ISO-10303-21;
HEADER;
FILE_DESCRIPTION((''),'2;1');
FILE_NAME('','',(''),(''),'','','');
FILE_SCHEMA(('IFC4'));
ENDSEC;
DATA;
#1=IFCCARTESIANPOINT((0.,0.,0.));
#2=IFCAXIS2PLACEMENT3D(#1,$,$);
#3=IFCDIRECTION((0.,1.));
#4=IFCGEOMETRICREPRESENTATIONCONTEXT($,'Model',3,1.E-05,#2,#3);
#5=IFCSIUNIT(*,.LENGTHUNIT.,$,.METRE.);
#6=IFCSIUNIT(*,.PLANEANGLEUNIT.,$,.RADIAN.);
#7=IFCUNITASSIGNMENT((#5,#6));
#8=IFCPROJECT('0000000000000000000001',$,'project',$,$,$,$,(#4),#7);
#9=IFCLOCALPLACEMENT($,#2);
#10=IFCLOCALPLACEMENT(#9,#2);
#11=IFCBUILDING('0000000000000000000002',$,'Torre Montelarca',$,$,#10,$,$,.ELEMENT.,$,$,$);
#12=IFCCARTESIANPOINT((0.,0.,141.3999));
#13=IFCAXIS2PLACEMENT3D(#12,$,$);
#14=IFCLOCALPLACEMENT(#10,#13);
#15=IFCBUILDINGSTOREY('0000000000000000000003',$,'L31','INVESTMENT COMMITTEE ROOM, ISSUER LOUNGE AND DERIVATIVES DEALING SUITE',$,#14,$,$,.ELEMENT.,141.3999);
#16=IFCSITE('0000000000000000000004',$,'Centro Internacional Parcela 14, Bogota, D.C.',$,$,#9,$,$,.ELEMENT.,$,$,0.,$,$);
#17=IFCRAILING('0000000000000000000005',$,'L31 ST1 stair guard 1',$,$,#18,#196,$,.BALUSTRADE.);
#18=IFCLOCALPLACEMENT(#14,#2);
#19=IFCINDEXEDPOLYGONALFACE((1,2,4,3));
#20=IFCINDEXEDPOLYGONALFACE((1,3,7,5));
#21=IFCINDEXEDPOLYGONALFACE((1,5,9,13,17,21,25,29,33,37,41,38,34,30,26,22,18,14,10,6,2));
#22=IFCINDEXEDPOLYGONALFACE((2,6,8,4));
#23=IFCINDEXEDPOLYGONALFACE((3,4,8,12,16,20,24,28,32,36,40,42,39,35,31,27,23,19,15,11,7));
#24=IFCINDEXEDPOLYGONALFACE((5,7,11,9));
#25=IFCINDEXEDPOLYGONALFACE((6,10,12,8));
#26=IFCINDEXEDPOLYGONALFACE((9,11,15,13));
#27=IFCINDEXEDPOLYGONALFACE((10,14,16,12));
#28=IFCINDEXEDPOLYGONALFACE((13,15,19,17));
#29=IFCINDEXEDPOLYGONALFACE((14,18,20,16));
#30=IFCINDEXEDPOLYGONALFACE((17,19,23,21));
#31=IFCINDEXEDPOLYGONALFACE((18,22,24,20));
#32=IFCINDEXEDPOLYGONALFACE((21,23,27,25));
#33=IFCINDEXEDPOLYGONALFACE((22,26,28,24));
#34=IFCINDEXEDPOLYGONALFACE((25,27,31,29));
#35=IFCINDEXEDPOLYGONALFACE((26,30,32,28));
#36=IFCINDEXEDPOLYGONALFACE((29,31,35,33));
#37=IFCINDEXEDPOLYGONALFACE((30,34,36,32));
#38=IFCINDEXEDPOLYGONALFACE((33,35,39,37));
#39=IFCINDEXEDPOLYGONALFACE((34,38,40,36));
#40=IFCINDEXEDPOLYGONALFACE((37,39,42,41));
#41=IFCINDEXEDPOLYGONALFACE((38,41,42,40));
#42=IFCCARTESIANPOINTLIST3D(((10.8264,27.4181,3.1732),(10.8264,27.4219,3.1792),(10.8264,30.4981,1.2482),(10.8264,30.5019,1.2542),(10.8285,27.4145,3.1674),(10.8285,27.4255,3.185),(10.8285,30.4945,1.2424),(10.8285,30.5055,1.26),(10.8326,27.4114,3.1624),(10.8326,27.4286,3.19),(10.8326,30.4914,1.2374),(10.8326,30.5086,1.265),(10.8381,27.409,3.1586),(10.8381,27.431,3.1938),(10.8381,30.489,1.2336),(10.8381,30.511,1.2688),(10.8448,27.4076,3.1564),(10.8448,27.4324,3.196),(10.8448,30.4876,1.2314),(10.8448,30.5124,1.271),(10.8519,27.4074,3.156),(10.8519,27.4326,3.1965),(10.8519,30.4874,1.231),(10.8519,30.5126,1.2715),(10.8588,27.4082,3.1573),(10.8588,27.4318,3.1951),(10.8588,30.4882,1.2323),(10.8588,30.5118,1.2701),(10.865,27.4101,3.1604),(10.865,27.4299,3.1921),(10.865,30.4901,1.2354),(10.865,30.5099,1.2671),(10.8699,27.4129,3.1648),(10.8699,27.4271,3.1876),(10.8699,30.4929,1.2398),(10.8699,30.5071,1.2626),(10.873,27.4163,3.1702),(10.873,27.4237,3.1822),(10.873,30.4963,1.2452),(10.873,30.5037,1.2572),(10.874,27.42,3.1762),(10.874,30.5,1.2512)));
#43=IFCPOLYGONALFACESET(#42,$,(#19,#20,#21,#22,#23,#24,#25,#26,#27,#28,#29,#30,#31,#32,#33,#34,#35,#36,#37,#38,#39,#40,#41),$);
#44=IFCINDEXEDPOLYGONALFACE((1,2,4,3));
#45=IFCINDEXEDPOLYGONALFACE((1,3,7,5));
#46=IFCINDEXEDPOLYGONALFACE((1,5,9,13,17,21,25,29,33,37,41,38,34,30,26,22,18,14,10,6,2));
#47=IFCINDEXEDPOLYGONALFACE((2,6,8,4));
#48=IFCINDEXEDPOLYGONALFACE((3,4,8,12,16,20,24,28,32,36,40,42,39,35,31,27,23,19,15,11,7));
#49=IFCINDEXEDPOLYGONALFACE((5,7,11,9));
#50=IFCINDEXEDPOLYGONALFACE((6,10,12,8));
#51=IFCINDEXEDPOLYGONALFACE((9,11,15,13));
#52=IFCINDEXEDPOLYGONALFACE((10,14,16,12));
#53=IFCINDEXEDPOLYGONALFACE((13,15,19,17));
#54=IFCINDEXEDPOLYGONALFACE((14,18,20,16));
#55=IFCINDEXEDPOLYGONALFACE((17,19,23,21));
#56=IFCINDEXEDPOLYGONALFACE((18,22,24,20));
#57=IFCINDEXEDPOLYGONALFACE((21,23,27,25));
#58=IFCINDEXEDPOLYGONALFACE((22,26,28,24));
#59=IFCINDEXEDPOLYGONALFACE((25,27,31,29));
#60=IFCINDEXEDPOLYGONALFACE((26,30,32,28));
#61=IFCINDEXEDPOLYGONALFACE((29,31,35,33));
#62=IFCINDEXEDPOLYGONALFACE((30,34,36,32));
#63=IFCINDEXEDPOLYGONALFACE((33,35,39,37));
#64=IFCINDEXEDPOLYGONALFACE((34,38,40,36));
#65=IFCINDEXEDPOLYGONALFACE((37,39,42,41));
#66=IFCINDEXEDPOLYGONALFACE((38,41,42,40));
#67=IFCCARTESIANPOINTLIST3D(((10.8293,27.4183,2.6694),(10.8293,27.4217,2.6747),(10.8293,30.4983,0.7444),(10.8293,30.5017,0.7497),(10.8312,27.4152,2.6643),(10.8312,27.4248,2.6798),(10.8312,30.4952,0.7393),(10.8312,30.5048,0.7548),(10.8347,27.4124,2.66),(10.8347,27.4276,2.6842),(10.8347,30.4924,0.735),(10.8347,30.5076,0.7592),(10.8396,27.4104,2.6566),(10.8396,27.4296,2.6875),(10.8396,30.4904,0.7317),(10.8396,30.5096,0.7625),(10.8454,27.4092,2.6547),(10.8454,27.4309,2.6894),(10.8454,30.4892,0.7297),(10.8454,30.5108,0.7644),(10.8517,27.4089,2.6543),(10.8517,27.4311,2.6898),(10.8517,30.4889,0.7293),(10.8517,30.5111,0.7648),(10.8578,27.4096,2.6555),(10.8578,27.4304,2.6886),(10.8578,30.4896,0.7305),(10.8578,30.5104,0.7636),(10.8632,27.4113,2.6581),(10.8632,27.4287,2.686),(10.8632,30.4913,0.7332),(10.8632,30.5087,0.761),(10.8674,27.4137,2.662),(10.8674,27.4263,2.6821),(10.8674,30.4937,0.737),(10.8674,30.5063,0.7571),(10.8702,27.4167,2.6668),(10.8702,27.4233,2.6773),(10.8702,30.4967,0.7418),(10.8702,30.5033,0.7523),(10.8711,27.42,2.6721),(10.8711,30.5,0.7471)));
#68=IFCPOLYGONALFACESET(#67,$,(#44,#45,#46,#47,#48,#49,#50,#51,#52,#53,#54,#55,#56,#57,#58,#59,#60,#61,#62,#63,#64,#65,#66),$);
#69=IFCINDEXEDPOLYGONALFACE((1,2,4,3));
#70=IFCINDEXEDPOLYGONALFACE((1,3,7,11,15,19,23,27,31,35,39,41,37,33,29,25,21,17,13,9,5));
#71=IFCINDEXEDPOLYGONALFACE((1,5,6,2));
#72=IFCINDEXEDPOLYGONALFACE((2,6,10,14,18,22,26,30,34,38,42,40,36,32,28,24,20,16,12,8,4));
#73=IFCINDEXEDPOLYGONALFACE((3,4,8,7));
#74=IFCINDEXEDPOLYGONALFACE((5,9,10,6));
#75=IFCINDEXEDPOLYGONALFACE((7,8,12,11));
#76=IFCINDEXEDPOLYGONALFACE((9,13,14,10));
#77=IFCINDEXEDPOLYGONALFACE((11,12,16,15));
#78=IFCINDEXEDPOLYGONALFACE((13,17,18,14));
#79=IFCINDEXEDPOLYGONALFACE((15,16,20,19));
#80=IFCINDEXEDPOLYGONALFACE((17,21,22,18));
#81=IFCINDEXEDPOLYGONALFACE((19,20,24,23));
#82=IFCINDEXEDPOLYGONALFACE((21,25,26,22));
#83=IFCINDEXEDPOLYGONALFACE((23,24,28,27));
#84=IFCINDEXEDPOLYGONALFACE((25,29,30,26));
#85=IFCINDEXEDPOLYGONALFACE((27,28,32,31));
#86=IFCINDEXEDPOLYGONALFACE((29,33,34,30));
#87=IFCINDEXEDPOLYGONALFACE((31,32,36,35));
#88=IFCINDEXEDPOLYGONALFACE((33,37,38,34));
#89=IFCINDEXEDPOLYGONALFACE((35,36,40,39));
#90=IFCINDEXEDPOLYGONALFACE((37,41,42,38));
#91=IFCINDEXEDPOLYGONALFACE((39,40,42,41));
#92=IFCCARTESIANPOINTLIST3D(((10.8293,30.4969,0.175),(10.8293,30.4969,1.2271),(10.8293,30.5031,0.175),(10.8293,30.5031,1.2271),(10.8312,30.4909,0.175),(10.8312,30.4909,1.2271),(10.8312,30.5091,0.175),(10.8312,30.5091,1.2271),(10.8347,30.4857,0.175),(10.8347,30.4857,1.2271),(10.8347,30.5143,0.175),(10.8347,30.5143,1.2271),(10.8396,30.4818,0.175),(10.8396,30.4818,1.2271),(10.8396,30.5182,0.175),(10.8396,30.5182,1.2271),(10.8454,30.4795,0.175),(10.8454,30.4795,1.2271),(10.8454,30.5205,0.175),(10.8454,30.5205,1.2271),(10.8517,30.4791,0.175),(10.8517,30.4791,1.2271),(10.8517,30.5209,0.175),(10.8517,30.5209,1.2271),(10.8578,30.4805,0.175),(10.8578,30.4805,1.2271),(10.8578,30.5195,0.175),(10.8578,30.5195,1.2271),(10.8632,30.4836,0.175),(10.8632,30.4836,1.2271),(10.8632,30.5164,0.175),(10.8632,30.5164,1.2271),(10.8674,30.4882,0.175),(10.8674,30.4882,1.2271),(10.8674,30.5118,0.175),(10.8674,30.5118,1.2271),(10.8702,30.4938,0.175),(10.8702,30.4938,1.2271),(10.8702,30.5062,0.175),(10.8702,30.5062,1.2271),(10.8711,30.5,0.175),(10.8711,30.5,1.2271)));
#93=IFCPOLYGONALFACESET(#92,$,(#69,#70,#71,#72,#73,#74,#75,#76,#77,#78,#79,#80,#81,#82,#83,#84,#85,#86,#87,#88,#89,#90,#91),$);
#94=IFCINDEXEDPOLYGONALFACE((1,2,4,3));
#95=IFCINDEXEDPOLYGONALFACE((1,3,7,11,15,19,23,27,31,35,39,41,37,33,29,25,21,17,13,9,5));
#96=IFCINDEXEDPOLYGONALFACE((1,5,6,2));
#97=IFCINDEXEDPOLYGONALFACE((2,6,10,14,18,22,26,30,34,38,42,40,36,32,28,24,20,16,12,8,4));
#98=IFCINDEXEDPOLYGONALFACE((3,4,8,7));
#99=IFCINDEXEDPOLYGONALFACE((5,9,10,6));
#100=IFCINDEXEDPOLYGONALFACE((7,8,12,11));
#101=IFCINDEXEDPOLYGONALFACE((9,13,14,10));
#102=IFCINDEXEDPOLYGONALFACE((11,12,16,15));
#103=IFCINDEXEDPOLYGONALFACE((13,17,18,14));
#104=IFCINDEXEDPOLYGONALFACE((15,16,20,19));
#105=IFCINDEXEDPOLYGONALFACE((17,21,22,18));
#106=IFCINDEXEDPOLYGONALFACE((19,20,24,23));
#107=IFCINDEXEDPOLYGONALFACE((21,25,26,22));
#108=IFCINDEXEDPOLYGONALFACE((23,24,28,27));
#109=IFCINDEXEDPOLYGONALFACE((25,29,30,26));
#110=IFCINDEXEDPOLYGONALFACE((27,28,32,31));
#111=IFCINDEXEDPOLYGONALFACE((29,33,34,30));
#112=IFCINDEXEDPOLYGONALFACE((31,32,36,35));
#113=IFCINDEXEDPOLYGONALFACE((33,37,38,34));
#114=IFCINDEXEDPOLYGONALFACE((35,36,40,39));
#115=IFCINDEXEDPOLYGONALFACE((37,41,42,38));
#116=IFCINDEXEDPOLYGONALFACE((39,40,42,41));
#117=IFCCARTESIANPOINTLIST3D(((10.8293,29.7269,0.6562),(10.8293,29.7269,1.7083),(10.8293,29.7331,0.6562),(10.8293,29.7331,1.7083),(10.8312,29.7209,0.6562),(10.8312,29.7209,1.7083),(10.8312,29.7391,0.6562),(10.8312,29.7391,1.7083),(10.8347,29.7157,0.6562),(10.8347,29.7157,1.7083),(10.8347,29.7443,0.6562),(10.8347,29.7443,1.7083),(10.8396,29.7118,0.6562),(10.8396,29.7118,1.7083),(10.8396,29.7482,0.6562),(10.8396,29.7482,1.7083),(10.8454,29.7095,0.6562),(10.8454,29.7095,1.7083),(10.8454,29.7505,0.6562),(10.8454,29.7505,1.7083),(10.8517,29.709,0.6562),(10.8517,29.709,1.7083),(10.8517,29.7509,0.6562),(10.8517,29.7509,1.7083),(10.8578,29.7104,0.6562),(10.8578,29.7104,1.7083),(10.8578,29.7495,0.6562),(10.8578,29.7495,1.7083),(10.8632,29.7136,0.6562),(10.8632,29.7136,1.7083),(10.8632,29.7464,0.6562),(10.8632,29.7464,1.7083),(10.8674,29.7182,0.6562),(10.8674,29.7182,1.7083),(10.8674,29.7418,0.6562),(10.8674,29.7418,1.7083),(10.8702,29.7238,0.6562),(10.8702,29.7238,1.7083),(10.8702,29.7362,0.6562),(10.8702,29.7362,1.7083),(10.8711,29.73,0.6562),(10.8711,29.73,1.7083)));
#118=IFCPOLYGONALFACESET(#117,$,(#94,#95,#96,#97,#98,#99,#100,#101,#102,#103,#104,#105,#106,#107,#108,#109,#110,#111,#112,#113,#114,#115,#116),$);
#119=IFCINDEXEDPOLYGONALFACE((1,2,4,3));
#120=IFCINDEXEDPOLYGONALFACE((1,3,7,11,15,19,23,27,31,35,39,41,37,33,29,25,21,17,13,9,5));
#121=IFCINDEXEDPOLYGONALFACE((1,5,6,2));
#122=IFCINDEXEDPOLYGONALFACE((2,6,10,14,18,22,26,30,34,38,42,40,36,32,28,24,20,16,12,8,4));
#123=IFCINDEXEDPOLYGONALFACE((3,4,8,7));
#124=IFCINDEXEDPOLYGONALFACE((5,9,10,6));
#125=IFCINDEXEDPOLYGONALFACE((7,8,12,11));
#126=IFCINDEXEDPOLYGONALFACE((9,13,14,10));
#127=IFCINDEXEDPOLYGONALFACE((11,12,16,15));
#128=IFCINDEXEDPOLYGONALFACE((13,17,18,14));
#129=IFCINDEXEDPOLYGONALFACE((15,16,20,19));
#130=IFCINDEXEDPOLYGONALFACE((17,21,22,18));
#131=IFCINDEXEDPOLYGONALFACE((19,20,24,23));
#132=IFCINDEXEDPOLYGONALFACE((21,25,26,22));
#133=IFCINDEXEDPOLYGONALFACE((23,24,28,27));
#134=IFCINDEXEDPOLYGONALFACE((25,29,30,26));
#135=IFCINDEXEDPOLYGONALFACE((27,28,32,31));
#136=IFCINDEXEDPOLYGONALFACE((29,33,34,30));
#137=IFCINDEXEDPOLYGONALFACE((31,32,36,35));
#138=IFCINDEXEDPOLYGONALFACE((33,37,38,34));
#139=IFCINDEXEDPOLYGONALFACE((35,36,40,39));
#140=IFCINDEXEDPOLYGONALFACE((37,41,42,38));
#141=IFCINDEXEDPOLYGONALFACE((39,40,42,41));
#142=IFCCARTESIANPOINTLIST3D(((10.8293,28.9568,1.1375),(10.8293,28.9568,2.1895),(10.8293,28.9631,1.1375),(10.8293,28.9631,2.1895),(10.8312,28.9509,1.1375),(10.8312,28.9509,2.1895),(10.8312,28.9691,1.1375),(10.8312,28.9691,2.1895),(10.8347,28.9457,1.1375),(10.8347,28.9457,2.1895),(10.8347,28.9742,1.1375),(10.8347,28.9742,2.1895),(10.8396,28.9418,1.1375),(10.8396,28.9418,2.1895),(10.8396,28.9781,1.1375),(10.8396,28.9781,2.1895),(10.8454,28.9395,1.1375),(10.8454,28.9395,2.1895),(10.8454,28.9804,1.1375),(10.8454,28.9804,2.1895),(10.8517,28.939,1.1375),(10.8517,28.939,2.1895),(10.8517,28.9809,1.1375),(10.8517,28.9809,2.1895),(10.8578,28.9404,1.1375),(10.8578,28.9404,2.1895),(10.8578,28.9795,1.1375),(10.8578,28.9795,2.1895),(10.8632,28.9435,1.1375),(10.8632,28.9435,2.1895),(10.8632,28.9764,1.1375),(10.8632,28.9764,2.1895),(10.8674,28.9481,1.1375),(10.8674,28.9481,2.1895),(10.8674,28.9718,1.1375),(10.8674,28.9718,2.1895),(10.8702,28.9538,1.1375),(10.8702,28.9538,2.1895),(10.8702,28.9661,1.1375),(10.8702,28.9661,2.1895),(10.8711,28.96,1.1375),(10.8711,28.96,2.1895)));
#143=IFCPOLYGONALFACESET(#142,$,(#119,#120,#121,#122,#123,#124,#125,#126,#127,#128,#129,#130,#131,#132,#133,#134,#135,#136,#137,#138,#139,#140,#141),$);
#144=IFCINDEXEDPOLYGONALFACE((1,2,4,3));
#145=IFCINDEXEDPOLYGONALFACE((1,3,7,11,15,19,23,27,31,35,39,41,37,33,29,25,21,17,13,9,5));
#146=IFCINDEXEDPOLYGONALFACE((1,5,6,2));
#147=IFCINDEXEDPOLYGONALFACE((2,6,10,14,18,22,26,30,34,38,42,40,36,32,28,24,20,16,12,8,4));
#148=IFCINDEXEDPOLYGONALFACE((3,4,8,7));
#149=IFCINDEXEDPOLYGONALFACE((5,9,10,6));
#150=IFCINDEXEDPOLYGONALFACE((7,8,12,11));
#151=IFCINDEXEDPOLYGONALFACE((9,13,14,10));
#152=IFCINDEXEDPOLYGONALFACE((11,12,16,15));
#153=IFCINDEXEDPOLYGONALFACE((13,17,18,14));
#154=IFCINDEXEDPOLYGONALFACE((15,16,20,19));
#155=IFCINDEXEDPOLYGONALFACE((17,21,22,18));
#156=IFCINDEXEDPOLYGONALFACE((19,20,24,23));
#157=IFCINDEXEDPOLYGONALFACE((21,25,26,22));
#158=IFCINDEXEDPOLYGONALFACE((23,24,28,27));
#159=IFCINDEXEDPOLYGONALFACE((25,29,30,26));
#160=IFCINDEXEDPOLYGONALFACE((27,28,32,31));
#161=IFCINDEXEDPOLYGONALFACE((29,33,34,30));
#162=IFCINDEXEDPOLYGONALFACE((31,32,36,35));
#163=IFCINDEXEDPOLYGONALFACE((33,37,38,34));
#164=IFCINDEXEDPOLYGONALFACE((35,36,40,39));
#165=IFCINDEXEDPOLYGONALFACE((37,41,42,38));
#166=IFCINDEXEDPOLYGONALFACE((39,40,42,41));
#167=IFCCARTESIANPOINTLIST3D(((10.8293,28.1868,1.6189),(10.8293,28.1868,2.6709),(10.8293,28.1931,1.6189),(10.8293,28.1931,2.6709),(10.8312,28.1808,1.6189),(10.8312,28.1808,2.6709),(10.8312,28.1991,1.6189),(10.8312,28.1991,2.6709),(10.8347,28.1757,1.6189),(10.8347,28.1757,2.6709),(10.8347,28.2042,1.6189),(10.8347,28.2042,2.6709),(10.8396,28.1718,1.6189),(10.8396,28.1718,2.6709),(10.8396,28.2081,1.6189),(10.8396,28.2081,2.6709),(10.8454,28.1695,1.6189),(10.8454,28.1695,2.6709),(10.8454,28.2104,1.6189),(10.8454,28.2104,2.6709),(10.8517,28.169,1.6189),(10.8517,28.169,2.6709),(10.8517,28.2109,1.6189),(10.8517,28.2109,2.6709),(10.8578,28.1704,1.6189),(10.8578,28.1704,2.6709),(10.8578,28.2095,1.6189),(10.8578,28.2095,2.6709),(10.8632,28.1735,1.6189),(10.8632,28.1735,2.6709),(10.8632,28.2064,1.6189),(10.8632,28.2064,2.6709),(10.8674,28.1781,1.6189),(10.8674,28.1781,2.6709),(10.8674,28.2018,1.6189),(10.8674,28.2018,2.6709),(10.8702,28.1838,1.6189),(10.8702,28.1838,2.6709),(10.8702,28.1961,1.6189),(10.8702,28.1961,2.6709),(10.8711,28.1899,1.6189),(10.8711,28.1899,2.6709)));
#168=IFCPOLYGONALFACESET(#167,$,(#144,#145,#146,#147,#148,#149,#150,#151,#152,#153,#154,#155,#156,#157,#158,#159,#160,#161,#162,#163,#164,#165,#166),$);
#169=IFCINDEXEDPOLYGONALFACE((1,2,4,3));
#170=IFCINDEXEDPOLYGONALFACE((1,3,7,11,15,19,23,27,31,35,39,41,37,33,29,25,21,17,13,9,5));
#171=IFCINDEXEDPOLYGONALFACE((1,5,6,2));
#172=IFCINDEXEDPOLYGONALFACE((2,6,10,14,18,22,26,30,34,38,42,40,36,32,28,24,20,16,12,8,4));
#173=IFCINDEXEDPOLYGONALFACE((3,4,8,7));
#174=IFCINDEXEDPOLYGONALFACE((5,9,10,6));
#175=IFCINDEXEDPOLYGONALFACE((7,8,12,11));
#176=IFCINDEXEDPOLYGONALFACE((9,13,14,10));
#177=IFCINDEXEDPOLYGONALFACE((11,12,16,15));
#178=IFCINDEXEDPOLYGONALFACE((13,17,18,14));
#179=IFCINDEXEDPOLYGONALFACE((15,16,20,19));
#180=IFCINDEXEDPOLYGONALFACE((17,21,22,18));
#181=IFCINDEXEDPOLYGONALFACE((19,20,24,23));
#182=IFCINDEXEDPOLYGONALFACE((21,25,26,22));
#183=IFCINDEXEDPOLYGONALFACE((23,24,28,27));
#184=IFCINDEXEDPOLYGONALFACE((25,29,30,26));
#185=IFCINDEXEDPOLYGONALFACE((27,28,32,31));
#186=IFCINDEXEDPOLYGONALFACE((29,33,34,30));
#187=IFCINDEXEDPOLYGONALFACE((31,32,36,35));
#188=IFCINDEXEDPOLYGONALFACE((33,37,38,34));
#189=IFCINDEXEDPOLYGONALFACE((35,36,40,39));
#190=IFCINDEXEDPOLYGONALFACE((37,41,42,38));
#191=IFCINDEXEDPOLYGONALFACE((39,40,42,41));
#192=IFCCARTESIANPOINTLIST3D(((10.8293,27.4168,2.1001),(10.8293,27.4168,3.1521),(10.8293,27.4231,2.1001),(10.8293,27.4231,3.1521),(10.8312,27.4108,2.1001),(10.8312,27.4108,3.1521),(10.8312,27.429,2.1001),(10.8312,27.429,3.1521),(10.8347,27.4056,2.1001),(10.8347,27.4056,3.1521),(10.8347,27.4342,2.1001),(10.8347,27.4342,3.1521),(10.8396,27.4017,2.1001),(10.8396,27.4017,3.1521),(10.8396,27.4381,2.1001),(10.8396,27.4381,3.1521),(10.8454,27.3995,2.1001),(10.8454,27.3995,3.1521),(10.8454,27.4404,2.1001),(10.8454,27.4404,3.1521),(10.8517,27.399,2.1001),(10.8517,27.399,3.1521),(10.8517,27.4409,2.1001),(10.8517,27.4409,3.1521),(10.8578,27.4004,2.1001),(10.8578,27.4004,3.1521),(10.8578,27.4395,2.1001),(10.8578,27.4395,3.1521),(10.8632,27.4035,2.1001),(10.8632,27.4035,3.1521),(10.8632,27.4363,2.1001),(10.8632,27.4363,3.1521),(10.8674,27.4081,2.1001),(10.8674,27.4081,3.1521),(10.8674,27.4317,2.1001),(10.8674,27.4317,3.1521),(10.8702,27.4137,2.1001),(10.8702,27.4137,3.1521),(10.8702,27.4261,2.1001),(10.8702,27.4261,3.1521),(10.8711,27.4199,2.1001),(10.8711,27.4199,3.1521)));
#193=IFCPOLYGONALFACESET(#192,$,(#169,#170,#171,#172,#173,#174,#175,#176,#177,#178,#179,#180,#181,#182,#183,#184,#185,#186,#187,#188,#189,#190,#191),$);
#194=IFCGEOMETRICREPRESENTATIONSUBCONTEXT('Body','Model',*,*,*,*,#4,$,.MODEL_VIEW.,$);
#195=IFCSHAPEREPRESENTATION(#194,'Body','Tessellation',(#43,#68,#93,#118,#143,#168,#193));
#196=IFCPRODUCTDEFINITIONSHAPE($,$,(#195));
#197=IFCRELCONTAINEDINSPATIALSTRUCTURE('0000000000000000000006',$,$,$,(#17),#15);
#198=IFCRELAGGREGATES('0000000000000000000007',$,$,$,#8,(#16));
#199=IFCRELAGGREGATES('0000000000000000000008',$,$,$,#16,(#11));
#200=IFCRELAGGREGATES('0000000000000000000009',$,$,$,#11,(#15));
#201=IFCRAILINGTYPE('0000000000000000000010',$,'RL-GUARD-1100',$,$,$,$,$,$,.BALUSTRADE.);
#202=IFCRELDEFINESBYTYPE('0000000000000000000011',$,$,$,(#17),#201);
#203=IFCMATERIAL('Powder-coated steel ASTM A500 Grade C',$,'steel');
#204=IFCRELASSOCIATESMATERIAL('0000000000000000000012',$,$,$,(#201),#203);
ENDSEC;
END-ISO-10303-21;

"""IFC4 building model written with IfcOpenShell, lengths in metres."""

from ifc_helpers import new_model, si_unit, direction, frame, origin, origin_2d, place, context, subcontext, project, spatial, circle, extrude, material, type_object, element, save


model = new_model("IFC4")

# Units and contexts
model_context = context("Model", 3, precision=1e-05, world=origin(), true_north=direction((0.0, 1.0)))
body_context = subcontext(model_context, "Body", "Model", "MODEL_VIEW")
ifc_project = project(units=[si_unit("LENGTHUNIT", "METRE"), si_unit("PLANEANGLEUNIT", "RADIAN")], contexts=[model_context])

# Site, building, storey
site_placement = place(None, origin())
site = spatial("IfcSite", under=ifc_project, at=site_placement, Name="Centro Internacional Parcela 14, Bogota, D.C.", CompositionType="ELEMENT", RefElevation=0.0)
building_placement = place(site_placement, origin())
building = spatial("IfcBuilding", under=site, at=building_placement, Name="Torre Montelarca", CompositionType="ELEMENT")
storey_placement = place(building_placement, frame((0.0, 0.0, 141.3999)))
storey = spatial("IfcBuildingStorey", under=building, at=storey_placement, Name="L31", Description="INVESTMENT COMMITTEE ROOM, ISSUER LOUNGE AND DERIVATIVES DEALING SUITE", CompositionType="ELEMENT", Elevation=141.3999)

# Railing
ifc_material_1 = material(Name="Powder-coated steel ASTM A500 Grade C", Category="steel")
railing_type_1 = type_object("IfcRailingType", Name="RL-GUARD-1100", PredefinedType="BALUSTRADE", material=ifc_material_1)
railing_1_placement = place(storey_placement, frame((10.8501, 30.5, 0.175)))
element("IfcRailing", 1, at=railing_1_placement, inside=storey, type_object=railing_type_1, Name="L31 ST1 stair guard 1", PredefinedType="BALUSTRADE", context=body_context, shape_type="SweptSolid", body=[
    extrude(circle(Radius=0.0239, at=origin_2d()), frame((0.0, 0.0, 1.0762), z_axis=(0.0, -0.847998, 0.529999), x_axis=(1.0, 0.0, 0.0)), (0.0, 0.0, 1.0), 3.6321),
    extrude(circle(Radius=0.021, at=origin_2d()), frame((0.0, 0.0, 0.572), z_axis=(0.0, -0.847998, 0.529999), x_axis=(1.0, 0.0, 0.0)), (0.0, 0.0, 1.0), 3.6321),
    extrude(circle(Radius=0.021, at=origin_2d()), origin(), (0.0, 0.0, 1.0), 1.052),
    extrude(circle(Radius=0.021, at=origin_2d()), frame((0.0, -0.77, 0.4812)), (0.0, 0.0, 1.0), 1.052),
    extrude(circle(Radius=0.021, at=origin_2d()), frame((0.0, -1.54, 0.9624)), (0.0, 0.0, 1.0), 1.052),
    extrude(circle(Radius=0.021, at=origin_2d()), frame((0.0, -2.3101, 1.4438)), (0.0, 0.0, 1.0), 1.052),
    extrude(circle(Radius=0.021, at=origin_2d()), frame((0.0, -3.0801, 1.925)), (0.0, 0.0, 1.0), 1.052),
])

save(model, "model.ifc")
